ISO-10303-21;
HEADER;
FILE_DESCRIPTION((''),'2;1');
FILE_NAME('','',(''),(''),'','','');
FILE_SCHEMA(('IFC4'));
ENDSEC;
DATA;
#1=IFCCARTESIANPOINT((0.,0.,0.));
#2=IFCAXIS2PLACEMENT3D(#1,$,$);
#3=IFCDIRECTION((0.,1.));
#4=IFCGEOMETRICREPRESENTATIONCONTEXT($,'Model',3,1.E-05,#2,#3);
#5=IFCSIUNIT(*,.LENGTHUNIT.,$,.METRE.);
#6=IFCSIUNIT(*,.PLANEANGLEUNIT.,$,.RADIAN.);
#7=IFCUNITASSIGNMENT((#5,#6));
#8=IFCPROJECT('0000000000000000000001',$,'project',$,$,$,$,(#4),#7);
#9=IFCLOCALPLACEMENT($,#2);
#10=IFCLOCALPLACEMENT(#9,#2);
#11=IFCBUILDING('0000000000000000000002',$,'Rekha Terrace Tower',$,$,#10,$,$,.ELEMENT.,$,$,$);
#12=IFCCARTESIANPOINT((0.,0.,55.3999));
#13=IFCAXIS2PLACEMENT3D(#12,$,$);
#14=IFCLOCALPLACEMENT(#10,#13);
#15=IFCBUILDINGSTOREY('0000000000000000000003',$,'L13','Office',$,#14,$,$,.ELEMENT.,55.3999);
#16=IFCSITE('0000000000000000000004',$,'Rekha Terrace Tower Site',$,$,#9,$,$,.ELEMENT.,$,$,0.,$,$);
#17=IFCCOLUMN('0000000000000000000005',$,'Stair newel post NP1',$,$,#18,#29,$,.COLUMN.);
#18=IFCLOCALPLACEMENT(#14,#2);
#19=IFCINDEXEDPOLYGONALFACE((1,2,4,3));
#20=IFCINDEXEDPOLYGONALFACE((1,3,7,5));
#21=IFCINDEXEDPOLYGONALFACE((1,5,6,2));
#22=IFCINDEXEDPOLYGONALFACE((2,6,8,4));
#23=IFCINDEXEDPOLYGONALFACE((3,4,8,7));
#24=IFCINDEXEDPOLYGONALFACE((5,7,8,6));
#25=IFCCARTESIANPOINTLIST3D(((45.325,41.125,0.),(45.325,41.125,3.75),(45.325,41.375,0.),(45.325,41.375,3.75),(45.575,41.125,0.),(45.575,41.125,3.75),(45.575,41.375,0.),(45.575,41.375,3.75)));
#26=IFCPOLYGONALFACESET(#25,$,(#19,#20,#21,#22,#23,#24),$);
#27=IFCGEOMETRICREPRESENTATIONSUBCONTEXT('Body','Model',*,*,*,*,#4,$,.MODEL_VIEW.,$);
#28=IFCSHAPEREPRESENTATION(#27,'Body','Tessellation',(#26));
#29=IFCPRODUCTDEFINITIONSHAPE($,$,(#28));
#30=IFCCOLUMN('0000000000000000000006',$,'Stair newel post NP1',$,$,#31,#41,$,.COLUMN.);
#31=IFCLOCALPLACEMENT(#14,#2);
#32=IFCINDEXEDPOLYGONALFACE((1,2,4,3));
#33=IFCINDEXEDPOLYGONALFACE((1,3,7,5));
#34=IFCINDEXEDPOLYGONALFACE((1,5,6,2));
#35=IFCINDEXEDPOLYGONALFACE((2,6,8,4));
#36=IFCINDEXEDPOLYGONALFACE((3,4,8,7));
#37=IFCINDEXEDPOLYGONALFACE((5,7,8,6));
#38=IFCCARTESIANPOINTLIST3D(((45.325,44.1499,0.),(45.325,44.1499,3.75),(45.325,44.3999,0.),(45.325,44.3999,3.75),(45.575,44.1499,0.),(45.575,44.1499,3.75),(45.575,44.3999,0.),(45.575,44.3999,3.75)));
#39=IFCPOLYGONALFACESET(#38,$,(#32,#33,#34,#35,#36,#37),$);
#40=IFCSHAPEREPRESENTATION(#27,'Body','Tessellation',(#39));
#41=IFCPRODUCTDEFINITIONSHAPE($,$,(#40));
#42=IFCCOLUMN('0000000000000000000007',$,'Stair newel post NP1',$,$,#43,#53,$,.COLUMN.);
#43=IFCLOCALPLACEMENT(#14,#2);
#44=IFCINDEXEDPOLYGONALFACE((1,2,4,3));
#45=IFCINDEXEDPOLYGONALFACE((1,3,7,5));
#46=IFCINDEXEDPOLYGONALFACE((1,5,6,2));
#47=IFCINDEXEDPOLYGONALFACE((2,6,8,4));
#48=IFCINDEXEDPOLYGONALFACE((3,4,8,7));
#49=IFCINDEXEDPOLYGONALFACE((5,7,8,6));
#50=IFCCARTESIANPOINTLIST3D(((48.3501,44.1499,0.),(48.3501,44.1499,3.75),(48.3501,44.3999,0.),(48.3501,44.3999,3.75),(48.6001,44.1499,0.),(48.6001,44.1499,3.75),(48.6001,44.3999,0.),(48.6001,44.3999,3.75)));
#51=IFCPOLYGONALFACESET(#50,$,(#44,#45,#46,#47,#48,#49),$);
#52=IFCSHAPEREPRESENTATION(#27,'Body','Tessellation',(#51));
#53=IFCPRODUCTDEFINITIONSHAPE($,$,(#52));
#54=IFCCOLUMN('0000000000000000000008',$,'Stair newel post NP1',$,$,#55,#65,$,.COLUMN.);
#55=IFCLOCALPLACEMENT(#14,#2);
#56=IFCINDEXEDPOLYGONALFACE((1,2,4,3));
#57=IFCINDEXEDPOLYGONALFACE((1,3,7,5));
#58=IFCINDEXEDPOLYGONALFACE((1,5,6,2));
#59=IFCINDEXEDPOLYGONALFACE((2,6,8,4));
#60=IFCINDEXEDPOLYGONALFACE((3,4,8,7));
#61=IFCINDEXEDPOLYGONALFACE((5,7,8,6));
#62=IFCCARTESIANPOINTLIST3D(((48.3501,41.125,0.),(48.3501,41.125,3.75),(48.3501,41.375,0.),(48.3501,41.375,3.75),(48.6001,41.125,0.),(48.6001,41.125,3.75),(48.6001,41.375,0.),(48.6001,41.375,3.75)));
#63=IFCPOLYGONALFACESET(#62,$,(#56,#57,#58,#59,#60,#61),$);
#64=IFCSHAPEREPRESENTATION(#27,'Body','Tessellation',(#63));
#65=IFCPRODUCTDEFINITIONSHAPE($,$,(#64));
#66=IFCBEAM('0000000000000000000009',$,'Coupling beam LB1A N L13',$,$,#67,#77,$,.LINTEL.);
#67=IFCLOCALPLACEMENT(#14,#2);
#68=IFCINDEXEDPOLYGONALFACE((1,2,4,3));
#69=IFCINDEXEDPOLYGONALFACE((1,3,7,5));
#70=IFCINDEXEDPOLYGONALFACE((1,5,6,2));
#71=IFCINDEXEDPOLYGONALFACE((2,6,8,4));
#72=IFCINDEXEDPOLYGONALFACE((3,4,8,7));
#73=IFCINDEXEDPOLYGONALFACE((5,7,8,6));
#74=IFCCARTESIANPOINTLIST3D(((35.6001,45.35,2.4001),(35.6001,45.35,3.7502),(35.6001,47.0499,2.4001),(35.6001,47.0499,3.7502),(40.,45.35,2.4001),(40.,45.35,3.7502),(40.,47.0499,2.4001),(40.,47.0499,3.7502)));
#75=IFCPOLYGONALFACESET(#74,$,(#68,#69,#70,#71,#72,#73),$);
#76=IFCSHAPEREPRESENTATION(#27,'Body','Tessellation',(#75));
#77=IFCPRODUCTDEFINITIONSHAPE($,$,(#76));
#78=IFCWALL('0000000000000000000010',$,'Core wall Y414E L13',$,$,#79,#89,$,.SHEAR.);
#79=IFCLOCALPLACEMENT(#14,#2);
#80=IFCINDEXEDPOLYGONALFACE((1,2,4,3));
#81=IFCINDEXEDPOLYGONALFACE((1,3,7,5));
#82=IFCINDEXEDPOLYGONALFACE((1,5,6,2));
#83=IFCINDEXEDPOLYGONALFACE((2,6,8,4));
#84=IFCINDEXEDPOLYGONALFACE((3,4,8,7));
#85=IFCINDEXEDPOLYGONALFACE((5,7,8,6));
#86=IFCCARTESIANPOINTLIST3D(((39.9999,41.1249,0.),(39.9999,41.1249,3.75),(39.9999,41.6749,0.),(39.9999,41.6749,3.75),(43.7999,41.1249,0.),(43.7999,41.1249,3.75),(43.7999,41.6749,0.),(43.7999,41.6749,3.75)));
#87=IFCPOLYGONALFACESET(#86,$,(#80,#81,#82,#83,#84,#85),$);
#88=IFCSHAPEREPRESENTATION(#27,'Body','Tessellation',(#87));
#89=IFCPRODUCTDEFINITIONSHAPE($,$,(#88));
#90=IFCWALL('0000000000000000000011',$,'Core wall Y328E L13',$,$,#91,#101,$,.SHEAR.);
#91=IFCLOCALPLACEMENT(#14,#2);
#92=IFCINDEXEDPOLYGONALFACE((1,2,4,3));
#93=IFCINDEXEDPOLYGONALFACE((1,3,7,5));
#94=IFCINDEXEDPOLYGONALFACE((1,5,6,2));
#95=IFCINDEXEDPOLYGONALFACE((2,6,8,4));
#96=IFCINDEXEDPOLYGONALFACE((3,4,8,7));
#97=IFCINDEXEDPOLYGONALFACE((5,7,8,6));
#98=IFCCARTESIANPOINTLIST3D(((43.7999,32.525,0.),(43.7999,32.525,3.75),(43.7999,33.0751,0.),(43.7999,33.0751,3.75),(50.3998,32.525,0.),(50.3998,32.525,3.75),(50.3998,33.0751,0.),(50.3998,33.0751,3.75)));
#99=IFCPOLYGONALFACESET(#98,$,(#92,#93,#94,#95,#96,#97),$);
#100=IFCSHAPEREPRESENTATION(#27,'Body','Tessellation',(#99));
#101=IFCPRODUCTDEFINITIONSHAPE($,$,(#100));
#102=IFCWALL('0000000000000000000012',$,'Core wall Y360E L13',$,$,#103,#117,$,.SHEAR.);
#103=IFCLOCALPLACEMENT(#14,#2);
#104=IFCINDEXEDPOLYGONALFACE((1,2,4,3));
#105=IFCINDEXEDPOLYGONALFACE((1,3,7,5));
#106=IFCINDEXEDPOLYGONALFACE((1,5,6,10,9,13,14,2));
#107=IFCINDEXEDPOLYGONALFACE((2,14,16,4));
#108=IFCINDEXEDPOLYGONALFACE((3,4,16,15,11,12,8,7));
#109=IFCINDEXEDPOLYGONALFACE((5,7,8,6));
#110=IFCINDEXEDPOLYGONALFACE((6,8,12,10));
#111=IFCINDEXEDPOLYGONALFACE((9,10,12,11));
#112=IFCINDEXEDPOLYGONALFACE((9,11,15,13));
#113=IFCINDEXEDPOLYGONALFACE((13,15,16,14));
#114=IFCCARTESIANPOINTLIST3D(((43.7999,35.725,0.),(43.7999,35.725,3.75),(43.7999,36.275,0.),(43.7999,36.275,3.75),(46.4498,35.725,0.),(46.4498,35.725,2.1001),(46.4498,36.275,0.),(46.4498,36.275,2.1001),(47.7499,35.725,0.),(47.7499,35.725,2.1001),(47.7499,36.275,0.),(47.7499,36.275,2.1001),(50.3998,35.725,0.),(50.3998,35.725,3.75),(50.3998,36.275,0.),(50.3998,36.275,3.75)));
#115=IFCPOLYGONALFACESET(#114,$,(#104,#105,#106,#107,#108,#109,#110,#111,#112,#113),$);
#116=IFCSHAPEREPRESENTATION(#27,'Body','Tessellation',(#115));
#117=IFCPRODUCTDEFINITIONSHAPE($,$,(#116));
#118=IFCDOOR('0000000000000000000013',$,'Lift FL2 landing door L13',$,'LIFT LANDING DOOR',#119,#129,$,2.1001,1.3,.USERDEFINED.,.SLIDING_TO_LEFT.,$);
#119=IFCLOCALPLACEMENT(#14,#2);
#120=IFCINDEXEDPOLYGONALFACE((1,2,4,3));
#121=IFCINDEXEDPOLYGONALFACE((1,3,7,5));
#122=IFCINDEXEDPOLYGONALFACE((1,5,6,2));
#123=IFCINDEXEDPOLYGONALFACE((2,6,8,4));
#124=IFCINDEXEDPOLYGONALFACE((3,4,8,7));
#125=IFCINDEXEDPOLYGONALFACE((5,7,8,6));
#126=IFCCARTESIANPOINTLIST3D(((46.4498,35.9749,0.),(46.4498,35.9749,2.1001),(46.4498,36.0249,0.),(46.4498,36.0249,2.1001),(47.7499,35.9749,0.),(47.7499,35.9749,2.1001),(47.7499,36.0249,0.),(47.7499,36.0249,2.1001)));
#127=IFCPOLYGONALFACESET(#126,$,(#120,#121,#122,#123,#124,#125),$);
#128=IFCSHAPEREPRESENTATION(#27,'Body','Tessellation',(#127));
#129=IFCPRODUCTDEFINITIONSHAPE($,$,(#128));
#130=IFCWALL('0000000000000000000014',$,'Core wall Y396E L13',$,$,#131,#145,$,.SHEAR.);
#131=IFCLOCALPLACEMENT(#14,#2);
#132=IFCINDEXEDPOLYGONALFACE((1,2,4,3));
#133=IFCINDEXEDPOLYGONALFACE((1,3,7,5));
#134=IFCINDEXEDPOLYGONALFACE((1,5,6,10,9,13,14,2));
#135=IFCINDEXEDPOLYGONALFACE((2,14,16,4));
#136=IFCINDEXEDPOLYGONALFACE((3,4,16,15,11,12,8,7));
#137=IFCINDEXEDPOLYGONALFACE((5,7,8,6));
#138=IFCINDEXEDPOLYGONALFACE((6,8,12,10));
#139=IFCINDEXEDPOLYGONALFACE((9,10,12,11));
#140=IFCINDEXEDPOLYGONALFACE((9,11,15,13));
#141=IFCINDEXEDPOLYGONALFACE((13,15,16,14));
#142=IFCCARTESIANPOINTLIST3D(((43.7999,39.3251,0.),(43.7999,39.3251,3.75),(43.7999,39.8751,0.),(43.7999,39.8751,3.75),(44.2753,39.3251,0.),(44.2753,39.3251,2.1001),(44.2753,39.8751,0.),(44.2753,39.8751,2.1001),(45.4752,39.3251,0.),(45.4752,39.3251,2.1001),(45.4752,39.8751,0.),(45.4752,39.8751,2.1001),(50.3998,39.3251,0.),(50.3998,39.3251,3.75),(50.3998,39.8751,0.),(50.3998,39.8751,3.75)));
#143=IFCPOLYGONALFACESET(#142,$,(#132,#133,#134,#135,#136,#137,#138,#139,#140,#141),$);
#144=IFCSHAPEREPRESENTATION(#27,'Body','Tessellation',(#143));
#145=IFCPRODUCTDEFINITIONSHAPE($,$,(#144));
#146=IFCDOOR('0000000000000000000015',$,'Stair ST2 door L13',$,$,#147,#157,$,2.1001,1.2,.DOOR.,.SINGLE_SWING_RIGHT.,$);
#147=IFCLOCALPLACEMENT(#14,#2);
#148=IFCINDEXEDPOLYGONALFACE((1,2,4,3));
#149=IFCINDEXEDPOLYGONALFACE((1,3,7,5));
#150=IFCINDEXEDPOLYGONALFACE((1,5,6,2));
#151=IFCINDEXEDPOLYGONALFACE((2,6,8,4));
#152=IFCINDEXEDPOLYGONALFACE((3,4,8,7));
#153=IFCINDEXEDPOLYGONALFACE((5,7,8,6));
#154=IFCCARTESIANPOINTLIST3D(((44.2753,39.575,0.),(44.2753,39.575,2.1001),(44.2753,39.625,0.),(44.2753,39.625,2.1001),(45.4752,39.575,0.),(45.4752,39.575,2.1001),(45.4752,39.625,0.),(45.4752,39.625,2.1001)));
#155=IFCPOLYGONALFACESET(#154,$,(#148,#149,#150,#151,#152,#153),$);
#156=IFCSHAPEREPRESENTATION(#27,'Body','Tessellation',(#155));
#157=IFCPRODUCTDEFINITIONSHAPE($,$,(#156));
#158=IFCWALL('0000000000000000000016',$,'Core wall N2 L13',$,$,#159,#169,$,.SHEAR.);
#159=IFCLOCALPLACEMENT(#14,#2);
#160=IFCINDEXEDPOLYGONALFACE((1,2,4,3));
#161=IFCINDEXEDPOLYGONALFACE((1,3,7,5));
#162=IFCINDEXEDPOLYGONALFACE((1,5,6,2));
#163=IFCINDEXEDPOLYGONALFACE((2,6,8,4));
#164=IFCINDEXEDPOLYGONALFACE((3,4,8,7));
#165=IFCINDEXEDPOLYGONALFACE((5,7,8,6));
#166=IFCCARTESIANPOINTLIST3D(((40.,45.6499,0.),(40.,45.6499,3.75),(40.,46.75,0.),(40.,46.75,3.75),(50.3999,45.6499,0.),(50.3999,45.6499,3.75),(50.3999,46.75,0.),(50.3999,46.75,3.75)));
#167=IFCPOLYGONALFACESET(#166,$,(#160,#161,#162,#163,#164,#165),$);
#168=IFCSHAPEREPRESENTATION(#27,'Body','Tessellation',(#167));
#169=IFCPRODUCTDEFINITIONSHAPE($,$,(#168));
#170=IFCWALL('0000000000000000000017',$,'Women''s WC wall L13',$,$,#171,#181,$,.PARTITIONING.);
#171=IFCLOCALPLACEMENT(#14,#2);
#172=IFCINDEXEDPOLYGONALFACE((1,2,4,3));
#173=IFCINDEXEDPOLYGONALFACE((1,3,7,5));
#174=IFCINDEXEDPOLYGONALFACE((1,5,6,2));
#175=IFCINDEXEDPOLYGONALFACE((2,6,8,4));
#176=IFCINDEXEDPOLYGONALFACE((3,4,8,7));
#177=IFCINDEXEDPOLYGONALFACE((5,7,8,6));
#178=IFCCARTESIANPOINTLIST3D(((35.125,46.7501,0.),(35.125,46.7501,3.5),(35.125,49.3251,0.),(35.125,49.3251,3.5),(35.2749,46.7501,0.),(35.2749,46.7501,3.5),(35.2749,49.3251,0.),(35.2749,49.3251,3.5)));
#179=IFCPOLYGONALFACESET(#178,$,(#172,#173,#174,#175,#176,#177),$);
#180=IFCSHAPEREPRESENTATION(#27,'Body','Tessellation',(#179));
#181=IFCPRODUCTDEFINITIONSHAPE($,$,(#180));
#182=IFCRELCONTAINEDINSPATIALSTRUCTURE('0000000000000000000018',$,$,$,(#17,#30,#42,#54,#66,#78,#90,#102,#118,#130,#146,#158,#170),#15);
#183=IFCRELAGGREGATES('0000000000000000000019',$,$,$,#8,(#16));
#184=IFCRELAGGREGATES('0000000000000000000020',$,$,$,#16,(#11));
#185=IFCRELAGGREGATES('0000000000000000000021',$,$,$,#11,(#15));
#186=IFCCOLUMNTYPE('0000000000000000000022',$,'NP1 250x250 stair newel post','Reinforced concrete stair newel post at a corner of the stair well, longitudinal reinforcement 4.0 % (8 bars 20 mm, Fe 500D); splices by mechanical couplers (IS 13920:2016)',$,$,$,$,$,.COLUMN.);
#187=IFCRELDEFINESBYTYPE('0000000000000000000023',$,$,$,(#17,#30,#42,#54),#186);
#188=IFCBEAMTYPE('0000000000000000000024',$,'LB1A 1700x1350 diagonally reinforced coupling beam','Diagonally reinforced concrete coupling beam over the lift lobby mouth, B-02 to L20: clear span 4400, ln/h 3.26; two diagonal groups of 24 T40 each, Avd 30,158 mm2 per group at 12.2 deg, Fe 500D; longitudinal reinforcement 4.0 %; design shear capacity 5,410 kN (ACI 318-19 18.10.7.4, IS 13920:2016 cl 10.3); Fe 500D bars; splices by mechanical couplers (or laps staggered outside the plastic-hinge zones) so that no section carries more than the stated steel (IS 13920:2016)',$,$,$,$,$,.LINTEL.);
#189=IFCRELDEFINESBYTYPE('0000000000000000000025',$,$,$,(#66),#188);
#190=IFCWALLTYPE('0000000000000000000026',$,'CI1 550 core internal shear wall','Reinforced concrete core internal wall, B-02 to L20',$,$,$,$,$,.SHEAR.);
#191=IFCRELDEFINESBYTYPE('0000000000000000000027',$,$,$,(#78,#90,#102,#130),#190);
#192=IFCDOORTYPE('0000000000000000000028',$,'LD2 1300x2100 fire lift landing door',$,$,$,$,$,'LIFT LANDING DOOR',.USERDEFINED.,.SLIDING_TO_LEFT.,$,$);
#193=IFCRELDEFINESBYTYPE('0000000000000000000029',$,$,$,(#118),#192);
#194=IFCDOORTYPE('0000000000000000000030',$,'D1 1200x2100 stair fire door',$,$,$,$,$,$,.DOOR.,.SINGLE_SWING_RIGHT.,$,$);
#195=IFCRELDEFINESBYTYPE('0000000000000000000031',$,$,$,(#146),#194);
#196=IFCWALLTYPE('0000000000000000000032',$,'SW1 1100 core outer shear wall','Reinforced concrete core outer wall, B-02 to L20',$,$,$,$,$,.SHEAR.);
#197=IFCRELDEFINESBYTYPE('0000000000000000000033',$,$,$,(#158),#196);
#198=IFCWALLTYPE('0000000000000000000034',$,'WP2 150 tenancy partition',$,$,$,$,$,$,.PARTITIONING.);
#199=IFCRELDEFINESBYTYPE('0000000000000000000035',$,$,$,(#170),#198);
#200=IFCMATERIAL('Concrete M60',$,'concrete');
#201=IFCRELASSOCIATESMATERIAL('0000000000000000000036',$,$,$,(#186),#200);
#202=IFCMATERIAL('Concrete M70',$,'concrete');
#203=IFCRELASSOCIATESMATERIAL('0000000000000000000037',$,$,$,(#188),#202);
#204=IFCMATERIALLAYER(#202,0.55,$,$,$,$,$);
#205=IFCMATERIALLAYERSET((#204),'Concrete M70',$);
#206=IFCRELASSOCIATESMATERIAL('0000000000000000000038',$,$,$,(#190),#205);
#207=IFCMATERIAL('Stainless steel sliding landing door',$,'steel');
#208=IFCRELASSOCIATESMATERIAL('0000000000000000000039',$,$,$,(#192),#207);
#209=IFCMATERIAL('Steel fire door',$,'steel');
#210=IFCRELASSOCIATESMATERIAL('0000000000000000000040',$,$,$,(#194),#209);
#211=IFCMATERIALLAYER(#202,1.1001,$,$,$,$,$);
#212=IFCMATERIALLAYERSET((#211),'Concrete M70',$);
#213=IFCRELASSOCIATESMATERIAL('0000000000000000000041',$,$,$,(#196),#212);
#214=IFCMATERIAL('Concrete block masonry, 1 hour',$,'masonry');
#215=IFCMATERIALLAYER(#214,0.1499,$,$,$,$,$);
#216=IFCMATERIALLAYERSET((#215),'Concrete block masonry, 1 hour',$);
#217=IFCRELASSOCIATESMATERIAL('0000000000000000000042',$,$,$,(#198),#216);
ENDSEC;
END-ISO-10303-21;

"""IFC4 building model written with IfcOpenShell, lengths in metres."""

from ifc_helpers import new_model, si_unit, direction, frame, frame_2d, origin, origin_2d, place, context, subcontext, project, spatial, rectangle, extrude, material, layer, layer_set, material_profile, profile_set, type_object, element, fill, save


model = new_model("IFC4")

# Units and contexts
model_context = context("Model", 3, precision=1e-05, world=origin(), true_north=direction((0.0, 1.0)))
body_context = subcontext(model_context, "Body", "Model", "MODEL_VIEW")
ifc_project = project(units=[si_unit("LENGTHUNIT", "METRE"), si_unit("PLANEANGLEUNIT", "RADIAN")], contexts=[model_context])

# Site, building, storey
site_placement = place(None, origin())
site = spatial("IfcSite", under=ifc_project, at=site_placement, Name="Rekha Terrace Tower Site", CompositionType="ELEMENT", RefElevation=0.0)
building_placement = place(site_placement, origin())
building = spatial("IfcBuilding", under=site, at=building_placement, Name="Rekha Terrace Tower", CompositionType="ELEMENT")
storey_placement = place(building_placement, frame((0.0, 0.0, 55.3999)))
storey = spatial("IfcBuildingStorey", under=building, at=storey_placement, Name="L13", Description="Office", CompositionType="ELEMENT", Elevation=55.3999)

# Columns
ifc_material_1 = material(Name="Concrete M60", Category="concrete")
ifc_material_profile_1 = material_profile(ifc_material_1, rectangle(XDim=0.25, YDim=0.25, at=origin_2d()), Name="RC 250x250")
ifc_profile_set_1 = profile_set([ifc_material_profile_1], Name="Concrete M60")
column_type = type_object("IfcColumnType", Name="NP1 250x250 stair newel post", Description="Reinforced concrete stair newel post at a corner of the stair well, longitudinal reinforcement 4.0 % (8 bars 20 mm, Fe 500D); splices by mechanical couplers (IS 13920:2016)", PredefinedType="COLUMN", material=ifc_profile_set_1)
for number, where, z_axis, x_axis, name in (
    (1, (45.45, 41.25, 0.0), (0.0, 0.0, 1.0), (1.0, 0.0, 0.0), "Stair newel post NP1"),
    (2, (45.45, 44.2749, 0.0), (0.0, 0.0, 1.0), (1.0, 0.0, 0.0), "Stair newel post NP1"),
    (3, (48.4751, 44.2749, 0.0), (0.0, 0.0, 1.0), (1.0, 0.0, 0.0), "Stair newel post NP1"),
    (4, (48.4751, 41.25, 0.0), (0.0, 0.0, 1.0), (1.0, 0.0, 0.0), "Stair newel post NP1"),
):
    element("IfcColumn", number, at=place(storey_placement, frame(where, z_axis=z_axis, x_axis=x_axis)), inside=storey, type_object=column_type, Name=name, PredefinedType="COLUMN", context=body_context, shape_type="SweptSolid", body=[
        extrude(rectangle(XDim=0.25, YDim=0.25, at=origin_2d()), origin(), (0.0, 0.0, 1.0), 3.75),
    ])

# Beam
ifc_material_2 = material(Name="Concrete M70", Category="concrete")
ifc_material_profile_2 = material_profile(ifc_material_2, rectangle(XDim=1.7, YDim=1.3501, at=origin_2d()), Name="RC 1700x1350")
ifc_profile_set_2 = profile_set([ifc_material_profile_2], Name="Concrete M70")
beam_type = type_object("IfcBeamType", Name="LB1A 1700x1350 diagonally reinforced coupling beam", Description="Diagonally reinforced concrete coupling beam over the lift lobby mouth, B-02 to L20: clear span 4400, ln/h 3.26; two diagonal groups of 24 T40 each, Avd 30,158 mm2 per group at 12.2 deg, Fe 500D; longitudinal reinforcement 4.0 %; design shear capacity 5,410 kN (ACI 318-19 18.10.7.4, IS 13920:2016 cl 10.3); Fe 500D bars; splices by mechanical couplers (or laps staggered outside the plastic-hinge zones) so that no section carries more than the stated steel (IS 13920:2016)", PredefinedType="LINTEL", material=ifc_profile_set_2)
beam_placement = place(storey_placement, frame((35.6001, 46.2, 3.0752), z_axis=(1.0, 0.0, 0.0), x_axis=(0.0, 1.0, 0.0)))
element("IfcBeam", 5, at=beam_placement, inside=storey, type_object=beam_type, Name="Coupling beam LB1A N L13", PredefinedType="LINTEL", context=body_context, shape_type="SweptSolid", body=[
    extrude(rectangle(XDim=1.7, YDim=1.3501, at=origin_2d()), origin(), (0.0, 0.0, 1.0), 4.3999),
])

# Walls
ifc_layer_1 = layer(ifc_material_2, 0.55)
ifc_layer_set_1 = layer_set([ifc_layer_1], Name="Concrete M70")
wall_type_1 = type_object("IfcWallType", Name="CI1 550 core internal shear wall", Description="Reinforced concrete core internal wall, B-02 to L20", PredefinedType="SHEAR", material=ifc_layer_set_1)
wall_1_placement = place(storey_placement, frame((40.0, 41.3999, 0.0), z_axis=(0.0, 0.0, 1.0), x_axis=(1.0, 0.0, 0.0)))
element("IfcWall", 6, at=wall_1_placement, inside=storey, type_object=wall_type_1, Name="Core wall Y414E L13", PredefinedType="SHEAR", context=body_context, shape_type="SweptSolid", body=[
    extrude(rectangle(XDim=3.8, YDim=0.55, at=frame_2d((1.8999, 0.0))), origin(), (0.0, 0.0, 1.0), 3.75),
])
wall_2_placement = place(storey_placement, frame((43.8, 32.8, 0.0), z_axis=(0.0, 0.0, 1.0), x_axis=(1.0, 0.0, 0.0)))
element("IfcWall", 7, at=wall_2_placement, inside=storey, type_object=wall_type_1, Name="Core wall Y328E L13", PredefinedType="SHEAR", context=body_context, shape_type="SweptSolid", body=[
    extrude(rectangle(XDim=6.5999, YDim=0.55, at=frame_2d((3.2998, 0.0))), origin(), (0.0, 0.0, 1.0), 3.75),
])

# Walls, openings, doors
wall_3_placement = place(storey_placement, frame((43.8, 36.0, 0.0), z_axis=(0.0, 0.0, 1.0), x_axis=(1.0, 0.0, 0.0)))
wall_3 = element("IfcWall", 8, at=wall_3_placement, inside=storey, type_object=wall_type_1, Name="Core wall Y360E L13", PredefinedType="SHEAR", context=body_context, shape_type="SweptSolid", body=[
    extrude(rectangle(XDim=6.5999, YDim=0.55, at=frame_2d((3.2998, 0.0))), origin(), (0.0, 0.0, 1.0), 3.75),
])
opening_1_placement = place(wall_3_placement, frame((2.6499, 0.0, 0.0)))
opening_1 = element("IfcOpeningElement", 9, at=opening_1_placement, cuts=wall_3, PredefinedType="OPENING", context=body_context, shape_type="SweptSolid", body=[
    extrude(rectangle(XDim=1.3, YDim=2.1001, at=frame_2d((0.6499, 1.05))), frame((0.0, 0.2849, 0.0), z_axis=(0.0, -1.0, 0.0), x_axis=(1.0, 0.0, 0.0)), (0.0, 0.0, 1.0), 0.5701),
])
ifc_material_3 = material(Name="Stainless steel sliding landing door", Category="steel")
door_type_1 = type_object("IfcDoorType", Name="LD2 1300x2100 fire lift landing door", ElementType="LIFT LANDING DOOR", OperationType="SLIDING_TO_LEFT", PredefinedType="USERDEFINED", material=ifc_material_3)
door_1_placement = place(opening_1_placement, origin())
door_1 = element("IfcDoor", 10, at=door_1_placement, inside=storey, type_object=door_type_1, Name="Lift FL2 landing door L13", ObjectType="LIFT LANDING DOOR", OperationType="SLIDING_TO_LEFT", OverallHeight=2.1001, OverallWidth=1.3, PredefinedType="USERDEFINED", context=body_context, shape_type="SweptSolid", body=[
    extrude(rectangle(XDim=1.3, YDim=2.1001, at=frame_2d((0.6499, 1.05))), frame((0.0, 0.0249, 0.0), z_axis=(0.0, -1.0, 0.0), x_axis=(1.0, 0.0, 0.0)), (0.0, 0.0, 1.0), 0.05),
])
fill(opening_1, door_1)
wall_4_placement = place(storey_placement, frame((43.8, 39.6001, 0.0), z_axis=(0.0, 0.0, 1.0), x_axis=(1.0, 0.0, 0.0)))
wall_4 = element("IfcWall", 11, at=wall_4_placement, inside=storey, type_object=wall_type_1, Name="Core wall Y396E L13", PredefinedType="SHEAR", context=body_context, shape_type="SweptSolid", body=[
    extrude(rectangle(XDim=6.5999, YDim=0.55, at=frame_2d((3.2998, 0.0))), origin(), (0.0, 0.0, 1.0), 3.75),
])
opening_2_placement = place(wall_4_placement, frame((0.4751, 0.0, 0.0)))
opening_2 = element("IfcOpeningElement", 12, at=opening_2_placement, cuts=wall_4, PredefinedType="OPENING", context=body_context, shape_type="SweptSolid", body=[
    extrude(rectangle(XDim=1.2, YDim=2.1001, at=frame_2d((0.6001, 1.05))), frame((0.0, 0.2849, 0.0), z_axis=(0.0, -1.0, 0.0), x_axis=(1.0, 0.0, 0.0)), (0.0, 0.0, 1.0), 0.5701),
])
ifc_material_4 = material(Name="Steel fire door", Category="steel")
door_type_2 = type_object("IfcDoorType", Name="D1 1200x2100 stair fire door", OperationType="SINGLE_SWING_RIGHT", PredefinedType="DOOR", material=ifc_material_4)
door_2_placement = place(opening_2_placement, origin())
door_2 = element("IfcDoor", 13, at=door_2_placement, inside=storey, type_object=door_type_2, Name="Stair ST2 door L13", OperationType="SINGLE_SWING_RIGHT", OverallHeight=2.1001, OverallWidth=1.2, PredefinedType="DOOR", context=body_context, shape_type="SweptSolid", body=[
    extrude(rectangle(XDim=1.2, YDim=2.1001, at=frame_2d((0.6001, 1.05))), frame((0.0, 0.0249, 0.0), z_axis=(0.0, -1.0, 0.0), x_axis=(1.0, 0.0, 0.0)), (0.0, 0.0, 1.0), 0.05),
])
fill(opening_2, door_2)

# Walls
ifc_layer_2 = layer(ifc_material_2, 1.1001)
ifc_layer_set_2 = layer_set([ifc_layer_2], Name="Concrete M70")
wall_type_2 = type_object("IfcWallType", Name="SW1 1100 core outer shear wall", Description="Reinforced concrete core outer wall, B-02 to L20", PredefinedType="SHEAR", material=ifc_layer_set_2)
wall_5_placement = place(storey_placement, frame((40.0, 46.2, 0.0), z_axis=(0.0, 0.0, 1.0), x_axis=(1.0, 0.0, 0.0)))
element("IfcWall", 14, at=wall_5_placement, inside=storey, type_object=wall_type_2, Name="Core wall N2 L13", PredefinedType="SHEAR", context=body_context, shape_type="SweptSolid", body=[
    extrude(rectangle(XDim=10.3999, YDim=1.1001, at=frame_2d((5.2, 0.0))), origin(), (0.0, 0.0, 1.0), 3.75),
])
ifc_material_5 = material(Name="Concrete block masonry, 1 hour", Category="masonry")
ifc_layer_3 = layer(ifc_material_5, 0.1499)
ifc_layer_set_3 = layer_set([ifc_layer_3], Name="Concrete block masonry, 1 hour")
wall_type_3 = type_object("IfcWallType", Name="WP2 150 tenancy partition", PredefinedType="PARTITIONING", material=ifc_layer_set_3)
wall_6_placement = place(storey_placement, frame((35.2, 46.75, 0.0), z_axis=(0.0, 0.0, 1.0), x_axis=(0.0, 1.0, 0.0)))
element("IfcWall", 15, at=wall_6_placement, inside=storey, type_object=wall_type_3, Name="Women's WC wall L13", PredefinedType="PARTITIONING", context=body_context, shape_type="SweptSolid", body=[
    extrude(rectangle(XDim=2.575, YDim=0.1499, at=frame_2d((1.2876, 0.0))), origin(), (0.0, 0.0, 1.0), 3.5),
])

save(model, "model.ifc")
